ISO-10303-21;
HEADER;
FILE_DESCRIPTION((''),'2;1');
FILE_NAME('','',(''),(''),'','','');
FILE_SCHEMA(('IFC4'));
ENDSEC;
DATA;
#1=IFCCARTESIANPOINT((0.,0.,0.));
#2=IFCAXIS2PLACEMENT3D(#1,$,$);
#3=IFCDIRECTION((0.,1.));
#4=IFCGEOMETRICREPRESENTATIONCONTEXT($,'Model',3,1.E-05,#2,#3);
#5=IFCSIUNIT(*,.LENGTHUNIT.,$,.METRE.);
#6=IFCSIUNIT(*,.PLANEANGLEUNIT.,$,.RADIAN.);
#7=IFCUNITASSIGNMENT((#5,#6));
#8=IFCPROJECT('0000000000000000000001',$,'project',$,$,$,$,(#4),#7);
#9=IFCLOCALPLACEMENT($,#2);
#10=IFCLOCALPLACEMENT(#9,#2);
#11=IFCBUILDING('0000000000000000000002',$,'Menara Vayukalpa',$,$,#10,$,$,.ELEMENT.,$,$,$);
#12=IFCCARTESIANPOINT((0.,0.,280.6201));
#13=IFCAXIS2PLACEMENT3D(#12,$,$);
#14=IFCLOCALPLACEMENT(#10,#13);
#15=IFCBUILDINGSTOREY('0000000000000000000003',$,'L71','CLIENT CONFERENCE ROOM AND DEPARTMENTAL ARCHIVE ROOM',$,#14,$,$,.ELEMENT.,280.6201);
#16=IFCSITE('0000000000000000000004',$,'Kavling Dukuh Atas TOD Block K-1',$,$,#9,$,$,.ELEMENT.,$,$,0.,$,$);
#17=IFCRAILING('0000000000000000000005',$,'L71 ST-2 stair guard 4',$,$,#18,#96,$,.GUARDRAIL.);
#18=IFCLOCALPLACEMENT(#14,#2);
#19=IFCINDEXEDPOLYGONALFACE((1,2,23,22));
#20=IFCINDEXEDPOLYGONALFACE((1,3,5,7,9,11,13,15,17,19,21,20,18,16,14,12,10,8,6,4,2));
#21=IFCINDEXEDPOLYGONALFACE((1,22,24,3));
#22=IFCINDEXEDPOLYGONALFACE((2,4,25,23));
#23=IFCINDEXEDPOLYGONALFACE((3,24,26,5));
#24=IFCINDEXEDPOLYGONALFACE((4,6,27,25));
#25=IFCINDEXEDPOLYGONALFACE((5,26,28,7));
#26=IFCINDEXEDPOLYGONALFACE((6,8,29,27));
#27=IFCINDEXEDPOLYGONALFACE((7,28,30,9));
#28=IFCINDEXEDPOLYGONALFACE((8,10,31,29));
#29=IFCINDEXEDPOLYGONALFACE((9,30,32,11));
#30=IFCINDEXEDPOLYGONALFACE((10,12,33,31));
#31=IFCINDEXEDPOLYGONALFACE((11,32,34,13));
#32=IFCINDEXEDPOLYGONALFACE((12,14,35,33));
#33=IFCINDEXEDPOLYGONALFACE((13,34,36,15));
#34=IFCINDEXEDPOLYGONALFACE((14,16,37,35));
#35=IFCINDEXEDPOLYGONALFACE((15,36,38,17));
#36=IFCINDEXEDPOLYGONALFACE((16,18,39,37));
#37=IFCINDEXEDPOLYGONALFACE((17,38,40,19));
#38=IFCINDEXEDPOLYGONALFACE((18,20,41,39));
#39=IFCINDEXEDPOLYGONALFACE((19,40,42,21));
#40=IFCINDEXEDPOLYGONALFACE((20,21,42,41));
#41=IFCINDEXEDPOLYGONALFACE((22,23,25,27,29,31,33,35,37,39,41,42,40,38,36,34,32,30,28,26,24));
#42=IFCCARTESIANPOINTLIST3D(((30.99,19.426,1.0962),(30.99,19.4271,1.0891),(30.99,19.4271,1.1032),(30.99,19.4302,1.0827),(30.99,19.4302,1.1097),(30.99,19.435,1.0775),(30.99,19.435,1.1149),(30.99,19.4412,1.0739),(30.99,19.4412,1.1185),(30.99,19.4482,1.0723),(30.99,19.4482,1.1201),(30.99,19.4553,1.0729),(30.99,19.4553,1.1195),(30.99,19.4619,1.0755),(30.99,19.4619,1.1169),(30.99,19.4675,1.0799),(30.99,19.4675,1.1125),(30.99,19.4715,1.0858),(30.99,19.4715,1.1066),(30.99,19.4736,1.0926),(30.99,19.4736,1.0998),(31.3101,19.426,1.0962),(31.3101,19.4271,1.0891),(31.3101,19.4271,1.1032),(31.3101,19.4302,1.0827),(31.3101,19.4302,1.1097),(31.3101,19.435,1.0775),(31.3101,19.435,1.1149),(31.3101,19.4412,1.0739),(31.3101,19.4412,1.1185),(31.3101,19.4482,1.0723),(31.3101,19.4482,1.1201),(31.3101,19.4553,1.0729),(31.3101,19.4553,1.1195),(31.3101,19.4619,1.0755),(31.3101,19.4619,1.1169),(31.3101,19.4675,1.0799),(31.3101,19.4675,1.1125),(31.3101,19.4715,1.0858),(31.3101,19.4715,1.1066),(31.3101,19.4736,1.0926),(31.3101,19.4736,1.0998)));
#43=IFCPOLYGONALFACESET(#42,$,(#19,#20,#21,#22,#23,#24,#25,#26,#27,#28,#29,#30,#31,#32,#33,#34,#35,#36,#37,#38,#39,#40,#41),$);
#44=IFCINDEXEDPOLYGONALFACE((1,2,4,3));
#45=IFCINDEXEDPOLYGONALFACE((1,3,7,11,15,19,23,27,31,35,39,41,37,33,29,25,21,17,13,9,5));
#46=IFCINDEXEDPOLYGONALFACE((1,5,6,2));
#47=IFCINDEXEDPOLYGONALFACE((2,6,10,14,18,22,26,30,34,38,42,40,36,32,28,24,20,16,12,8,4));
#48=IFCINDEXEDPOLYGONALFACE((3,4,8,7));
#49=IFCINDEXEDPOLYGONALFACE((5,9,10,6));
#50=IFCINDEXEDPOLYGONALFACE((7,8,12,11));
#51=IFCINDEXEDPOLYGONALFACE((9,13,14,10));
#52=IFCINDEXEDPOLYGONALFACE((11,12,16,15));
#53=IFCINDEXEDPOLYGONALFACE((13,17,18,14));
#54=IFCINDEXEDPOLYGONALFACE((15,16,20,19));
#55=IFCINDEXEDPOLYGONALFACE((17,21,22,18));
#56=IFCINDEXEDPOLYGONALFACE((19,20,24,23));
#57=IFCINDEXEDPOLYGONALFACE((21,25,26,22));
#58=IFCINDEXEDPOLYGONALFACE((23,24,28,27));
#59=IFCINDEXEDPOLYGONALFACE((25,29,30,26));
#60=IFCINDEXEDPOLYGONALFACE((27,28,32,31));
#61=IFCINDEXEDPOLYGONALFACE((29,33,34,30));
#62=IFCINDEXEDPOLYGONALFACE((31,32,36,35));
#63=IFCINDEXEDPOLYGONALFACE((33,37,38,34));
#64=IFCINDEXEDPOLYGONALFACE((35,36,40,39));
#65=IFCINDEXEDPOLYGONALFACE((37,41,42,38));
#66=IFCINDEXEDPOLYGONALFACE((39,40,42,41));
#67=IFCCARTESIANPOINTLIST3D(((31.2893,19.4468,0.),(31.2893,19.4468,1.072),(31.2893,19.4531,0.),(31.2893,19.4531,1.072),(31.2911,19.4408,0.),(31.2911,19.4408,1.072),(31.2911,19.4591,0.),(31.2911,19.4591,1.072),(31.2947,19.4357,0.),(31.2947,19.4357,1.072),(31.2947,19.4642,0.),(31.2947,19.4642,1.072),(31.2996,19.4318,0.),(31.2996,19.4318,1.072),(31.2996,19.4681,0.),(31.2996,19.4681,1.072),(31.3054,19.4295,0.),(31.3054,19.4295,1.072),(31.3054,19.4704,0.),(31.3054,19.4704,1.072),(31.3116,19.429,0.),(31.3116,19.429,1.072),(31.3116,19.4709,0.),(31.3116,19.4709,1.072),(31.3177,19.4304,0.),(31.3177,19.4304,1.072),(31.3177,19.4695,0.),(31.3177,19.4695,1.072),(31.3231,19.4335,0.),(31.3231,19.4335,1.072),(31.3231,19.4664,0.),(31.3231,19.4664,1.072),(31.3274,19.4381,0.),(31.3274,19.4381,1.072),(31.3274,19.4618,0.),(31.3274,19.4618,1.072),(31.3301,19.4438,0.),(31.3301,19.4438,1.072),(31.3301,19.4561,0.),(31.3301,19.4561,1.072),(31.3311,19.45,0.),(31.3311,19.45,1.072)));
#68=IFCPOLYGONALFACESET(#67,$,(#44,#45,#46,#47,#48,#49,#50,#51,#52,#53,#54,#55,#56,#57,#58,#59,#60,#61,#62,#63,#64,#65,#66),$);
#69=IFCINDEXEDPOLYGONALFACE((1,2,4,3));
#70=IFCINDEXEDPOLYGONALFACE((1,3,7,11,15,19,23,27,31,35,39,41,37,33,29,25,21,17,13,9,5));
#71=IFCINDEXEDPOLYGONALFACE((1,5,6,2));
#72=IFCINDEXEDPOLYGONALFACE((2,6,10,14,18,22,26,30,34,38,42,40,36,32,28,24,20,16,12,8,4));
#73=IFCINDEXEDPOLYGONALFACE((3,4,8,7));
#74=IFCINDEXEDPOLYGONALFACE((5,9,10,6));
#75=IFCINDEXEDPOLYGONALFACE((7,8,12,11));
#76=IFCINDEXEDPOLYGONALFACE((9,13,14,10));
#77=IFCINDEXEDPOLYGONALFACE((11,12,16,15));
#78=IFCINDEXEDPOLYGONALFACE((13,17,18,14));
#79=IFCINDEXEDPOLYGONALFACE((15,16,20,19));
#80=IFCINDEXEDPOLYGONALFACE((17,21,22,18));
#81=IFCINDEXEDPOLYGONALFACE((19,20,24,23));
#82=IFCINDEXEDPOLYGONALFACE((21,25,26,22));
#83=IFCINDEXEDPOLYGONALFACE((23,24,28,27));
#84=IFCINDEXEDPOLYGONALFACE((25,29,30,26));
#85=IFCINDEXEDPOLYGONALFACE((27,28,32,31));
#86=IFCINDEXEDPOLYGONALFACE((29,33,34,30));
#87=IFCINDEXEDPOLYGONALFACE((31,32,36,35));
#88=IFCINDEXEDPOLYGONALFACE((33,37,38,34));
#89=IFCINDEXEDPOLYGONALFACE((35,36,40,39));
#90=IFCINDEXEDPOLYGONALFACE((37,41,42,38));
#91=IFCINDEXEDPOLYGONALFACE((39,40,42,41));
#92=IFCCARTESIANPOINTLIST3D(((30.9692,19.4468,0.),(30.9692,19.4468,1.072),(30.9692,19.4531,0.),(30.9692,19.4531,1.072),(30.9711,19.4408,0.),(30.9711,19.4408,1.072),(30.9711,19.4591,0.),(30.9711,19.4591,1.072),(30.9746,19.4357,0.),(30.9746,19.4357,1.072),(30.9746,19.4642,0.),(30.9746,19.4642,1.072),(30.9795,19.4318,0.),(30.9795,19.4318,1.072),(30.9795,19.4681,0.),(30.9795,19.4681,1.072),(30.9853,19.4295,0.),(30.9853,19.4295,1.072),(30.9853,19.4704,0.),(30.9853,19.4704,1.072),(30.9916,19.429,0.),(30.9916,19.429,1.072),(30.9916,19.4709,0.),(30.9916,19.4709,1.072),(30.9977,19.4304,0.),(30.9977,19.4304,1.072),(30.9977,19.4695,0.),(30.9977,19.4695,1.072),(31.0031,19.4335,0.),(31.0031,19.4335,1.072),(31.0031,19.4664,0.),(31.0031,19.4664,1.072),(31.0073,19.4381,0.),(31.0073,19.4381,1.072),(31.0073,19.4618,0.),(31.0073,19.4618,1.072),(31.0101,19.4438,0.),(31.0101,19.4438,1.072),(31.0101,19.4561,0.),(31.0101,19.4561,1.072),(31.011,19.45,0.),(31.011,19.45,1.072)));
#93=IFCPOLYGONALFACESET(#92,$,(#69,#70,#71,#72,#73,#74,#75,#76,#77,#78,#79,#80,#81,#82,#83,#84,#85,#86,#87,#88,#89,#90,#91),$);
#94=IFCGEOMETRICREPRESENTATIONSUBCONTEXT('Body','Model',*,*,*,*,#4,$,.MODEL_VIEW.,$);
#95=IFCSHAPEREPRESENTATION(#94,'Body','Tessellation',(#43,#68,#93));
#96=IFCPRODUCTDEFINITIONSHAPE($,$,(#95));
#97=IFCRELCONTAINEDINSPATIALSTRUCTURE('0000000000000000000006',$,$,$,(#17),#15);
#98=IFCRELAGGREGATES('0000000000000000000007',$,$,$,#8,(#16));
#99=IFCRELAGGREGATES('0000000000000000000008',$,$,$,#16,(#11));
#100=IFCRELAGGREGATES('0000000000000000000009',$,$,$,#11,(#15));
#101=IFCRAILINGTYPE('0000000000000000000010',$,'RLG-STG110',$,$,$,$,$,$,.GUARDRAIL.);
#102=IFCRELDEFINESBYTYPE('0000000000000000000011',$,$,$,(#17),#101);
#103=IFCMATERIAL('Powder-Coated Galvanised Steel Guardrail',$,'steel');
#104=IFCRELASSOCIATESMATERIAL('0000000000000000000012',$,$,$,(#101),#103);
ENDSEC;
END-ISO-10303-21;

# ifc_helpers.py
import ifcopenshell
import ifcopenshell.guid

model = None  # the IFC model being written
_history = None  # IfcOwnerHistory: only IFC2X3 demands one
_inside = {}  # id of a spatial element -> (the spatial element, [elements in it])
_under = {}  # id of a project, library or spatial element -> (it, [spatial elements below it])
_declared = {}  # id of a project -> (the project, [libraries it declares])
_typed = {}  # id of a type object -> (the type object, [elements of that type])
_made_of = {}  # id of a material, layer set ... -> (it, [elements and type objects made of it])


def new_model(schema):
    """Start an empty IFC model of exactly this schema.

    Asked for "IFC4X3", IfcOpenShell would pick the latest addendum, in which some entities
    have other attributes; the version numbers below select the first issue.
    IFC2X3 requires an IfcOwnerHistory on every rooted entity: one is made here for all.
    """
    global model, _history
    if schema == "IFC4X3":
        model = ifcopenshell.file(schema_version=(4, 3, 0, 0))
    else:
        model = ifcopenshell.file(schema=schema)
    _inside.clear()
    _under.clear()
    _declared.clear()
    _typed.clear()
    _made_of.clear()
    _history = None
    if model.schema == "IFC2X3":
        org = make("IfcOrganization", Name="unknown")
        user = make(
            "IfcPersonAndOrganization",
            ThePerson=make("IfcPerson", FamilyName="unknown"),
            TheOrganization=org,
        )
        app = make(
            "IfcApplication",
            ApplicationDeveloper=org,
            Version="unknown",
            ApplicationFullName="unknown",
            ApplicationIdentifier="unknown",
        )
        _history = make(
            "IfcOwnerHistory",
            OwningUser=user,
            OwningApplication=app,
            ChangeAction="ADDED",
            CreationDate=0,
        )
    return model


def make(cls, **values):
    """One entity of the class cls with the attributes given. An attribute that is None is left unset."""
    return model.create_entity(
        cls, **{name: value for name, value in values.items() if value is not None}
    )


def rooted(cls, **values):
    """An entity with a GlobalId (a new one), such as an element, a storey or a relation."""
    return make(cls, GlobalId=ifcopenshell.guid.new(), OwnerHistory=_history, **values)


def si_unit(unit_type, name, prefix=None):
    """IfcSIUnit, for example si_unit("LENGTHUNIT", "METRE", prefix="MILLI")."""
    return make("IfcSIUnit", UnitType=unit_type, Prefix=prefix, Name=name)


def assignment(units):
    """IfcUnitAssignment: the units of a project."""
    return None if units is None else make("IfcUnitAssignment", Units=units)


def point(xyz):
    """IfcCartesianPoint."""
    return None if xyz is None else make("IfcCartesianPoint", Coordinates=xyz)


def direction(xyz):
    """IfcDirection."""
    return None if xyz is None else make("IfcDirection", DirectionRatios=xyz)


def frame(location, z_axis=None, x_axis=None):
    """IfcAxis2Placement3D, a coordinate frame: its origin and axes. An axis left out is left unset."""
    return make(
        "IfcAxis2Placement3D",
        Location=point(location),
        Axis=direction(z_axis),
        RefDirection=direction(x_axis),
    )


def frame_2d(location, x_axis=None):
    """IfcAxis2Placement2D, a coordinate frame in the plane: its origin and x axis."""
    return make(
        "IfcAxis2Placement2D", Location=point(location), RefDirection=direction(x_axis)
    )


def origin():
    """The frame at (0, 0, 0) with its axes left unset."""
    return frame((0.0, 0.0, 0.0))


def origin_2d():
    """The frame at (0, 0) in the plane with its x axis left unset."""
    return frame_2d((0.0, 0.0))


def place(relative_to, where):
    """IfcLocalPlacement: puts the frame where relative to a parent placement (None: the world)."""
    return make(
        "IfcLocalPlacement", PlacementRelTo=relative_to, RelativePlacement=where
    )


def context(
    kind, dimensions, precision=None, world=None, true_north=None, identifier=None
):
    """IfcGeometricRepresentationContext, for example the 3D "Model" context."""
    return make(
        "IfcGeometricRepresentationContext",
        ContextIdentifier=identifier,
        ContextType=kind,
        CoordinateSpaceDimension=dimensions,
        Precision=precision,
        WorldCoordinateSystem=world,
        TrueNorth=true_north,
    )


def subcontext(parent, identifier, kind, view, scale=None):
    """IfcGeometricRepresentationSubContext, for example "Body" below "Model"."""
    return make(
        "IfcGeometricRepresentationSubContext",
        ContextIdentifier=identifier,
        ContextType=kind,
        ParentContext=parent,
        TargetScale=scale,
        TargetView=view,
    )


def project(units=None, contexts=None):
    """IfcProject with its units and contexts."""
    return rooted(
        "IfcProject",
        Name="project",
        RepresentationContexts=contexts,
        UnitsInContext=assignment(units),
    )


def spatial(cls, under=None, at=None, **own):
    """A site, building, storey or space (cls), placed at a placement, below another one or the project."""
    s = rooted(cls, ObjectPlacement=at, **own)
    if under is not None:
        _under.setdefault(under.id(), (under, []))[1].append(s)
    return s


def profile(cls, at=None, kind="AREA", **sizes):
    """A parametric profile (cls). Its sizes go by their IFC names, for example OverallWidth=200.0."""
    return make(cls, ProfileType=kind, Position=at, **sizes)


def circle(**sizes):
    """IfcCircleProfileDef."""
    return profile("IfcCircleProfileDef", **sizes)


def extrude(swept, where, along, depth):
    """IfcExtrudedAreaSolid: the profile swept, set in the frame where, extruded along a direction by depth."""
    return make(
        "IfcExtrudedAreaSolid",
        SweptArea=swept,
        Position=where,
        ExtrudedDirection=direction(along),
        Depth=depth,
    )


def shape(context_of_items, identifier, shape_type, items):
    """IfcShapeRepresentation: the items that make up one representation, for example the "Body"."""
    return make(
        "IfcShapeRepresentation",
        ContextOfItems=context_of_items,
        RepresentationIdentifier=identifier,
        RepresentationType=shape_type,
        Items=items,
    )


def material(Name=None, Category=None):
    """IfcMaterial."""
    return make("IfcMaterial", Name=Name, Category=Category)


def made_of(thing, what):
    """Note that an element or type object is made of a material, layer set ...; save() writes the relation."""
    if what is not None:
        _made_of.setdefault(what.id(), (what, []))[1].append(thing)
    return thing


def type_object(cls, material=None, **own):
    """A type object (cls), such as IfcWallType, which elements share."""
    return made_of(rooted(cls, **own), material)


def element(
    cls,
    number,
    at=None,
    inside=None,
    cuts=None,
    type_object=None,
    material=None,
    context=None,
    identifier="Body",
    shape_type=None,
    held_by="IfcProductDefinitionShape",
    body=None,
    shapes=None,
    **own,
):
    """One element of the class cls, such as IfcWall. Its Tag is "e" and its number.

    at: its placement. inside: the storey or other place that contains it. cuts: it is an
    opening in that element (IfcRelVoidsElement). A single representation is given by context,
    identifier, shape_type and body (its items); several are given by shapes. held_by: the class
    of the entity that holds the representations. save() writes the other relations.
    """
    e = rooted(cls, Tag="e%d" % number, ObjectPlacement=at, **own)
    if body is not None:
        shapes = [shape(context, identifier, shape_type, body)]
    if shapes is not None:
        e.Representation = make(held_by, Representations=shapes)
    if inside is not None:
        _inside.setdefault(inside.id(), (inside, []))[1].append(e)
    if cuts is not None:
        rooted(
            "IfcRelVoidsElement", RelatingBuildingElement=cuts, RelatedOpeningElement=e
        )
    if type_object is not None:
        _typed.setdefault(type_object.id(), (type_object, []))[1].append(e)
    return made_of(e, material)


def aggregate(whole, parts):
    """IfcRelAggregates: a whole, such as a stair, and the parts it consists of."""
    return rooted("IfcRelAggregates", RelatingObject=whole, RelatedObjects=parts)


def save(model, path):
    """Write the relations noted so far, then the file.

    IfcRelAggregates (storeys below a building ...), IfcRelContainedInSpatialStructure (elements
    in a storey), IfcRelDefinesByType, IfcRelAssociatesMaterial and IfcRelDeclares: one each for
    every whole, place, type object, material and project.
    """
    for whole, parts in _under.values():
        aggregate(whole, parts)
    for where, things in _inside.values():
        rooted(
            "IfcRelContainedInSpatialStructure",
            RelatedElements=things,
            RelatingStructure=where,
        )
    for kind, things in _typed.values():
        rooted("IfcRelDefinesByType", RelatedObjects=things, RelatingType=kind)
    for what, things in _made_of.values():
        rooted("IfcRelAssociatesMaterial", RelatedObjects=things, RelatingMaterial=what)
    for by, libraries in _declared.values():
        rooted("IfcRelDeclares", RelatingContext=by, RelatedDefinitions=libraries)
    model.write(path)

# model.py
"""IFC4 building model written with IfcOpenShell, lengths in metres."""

from ifc_helpers import new_model, si_unit, direction, frame, origin, origin_2d, place, context, subcontext, project, spatial, circle, extrude, material, type_object, element, save


model = new_model("IFC4")

# Units and contexts
model_context = context("Model", 3, precision=1e-05, world=origin(), true_north=direction((0.0, 1.0)))
body_context = subcontext(model_context, "Body", "Model", "MODEL_VIEW")
ifc_project = project(units=[si_unit("LENGTHUNIT", "METRE"), si_unit("PLANEANGLEUNIT", "RADIAN")], contexts=[model_context])

# Site, building, storey
site_placement = place(None, origin())
site = spatial("IfcSite", under=ifc_project, at=site_placement, Name="Kavling Dukuh Atas TOD Block K-1", CompositionType="ELEMENT", RefElevation=0.0)
building_placement = place(site_placement, origin())
building = spatial("IfcBuilding", under=site, at=building_placement, Name="Menara Vayukalpa", CompositionType="ELEMENT")
storey_placement = place(building_placement, frame((0.0, 0.0, 280.6201)))
storey = spatial("IfcBuildingStorey", under=building, at=storey_placement, Name="L71", Description="CLIENT CONFERENCE ROOM AND DEPARTMENTAL ARCHIVE ROOM", CompositionType="ELEMENT", Elevation=280.6201)

# Railing
ifc_material_1 = material(Name="Powder-Coated Galvanised Steel Guardrail", Category="steel")
railing_type_1 = type_object("IfcRailingType", Name="RLG-STG110", PredefinedType="GUARDRAIL", material=ifc_material_1)
railing_1_placement = place(storey_placement, frame((31.3101, 19.45, 0.0)))
element("IfcRailing", 1, at=railing_1_placement, inside=storey, type_object=railing_type_1, Name="L71 ST-2 stair guard 4", PredefinedType="GUARDRAIL", context=body_context, shape_type="SweptSolid", body=[
    extrude(circle(Radius=0.0239, at=origin_2d()), frame((0.0, 0.0, 1.0962), z_axis=(-1.0, 0.0, 0.0), x_axis=(0.0, -1.0, 0.0)), (0.0, 0.0, 1.0), 0.3201),
    extrude(circle(Radius=0.021, at=origin_2d()), origin(), (0.0, 0.0, 1.0), 1.072),
    extrude(circle(Radius=0.021, at=origin_2d()), frame((-0.3201, 0.0, 0.0)), (0.0, 0.0, 1.0), 1.072),
])

save(model, "model.ifc")
